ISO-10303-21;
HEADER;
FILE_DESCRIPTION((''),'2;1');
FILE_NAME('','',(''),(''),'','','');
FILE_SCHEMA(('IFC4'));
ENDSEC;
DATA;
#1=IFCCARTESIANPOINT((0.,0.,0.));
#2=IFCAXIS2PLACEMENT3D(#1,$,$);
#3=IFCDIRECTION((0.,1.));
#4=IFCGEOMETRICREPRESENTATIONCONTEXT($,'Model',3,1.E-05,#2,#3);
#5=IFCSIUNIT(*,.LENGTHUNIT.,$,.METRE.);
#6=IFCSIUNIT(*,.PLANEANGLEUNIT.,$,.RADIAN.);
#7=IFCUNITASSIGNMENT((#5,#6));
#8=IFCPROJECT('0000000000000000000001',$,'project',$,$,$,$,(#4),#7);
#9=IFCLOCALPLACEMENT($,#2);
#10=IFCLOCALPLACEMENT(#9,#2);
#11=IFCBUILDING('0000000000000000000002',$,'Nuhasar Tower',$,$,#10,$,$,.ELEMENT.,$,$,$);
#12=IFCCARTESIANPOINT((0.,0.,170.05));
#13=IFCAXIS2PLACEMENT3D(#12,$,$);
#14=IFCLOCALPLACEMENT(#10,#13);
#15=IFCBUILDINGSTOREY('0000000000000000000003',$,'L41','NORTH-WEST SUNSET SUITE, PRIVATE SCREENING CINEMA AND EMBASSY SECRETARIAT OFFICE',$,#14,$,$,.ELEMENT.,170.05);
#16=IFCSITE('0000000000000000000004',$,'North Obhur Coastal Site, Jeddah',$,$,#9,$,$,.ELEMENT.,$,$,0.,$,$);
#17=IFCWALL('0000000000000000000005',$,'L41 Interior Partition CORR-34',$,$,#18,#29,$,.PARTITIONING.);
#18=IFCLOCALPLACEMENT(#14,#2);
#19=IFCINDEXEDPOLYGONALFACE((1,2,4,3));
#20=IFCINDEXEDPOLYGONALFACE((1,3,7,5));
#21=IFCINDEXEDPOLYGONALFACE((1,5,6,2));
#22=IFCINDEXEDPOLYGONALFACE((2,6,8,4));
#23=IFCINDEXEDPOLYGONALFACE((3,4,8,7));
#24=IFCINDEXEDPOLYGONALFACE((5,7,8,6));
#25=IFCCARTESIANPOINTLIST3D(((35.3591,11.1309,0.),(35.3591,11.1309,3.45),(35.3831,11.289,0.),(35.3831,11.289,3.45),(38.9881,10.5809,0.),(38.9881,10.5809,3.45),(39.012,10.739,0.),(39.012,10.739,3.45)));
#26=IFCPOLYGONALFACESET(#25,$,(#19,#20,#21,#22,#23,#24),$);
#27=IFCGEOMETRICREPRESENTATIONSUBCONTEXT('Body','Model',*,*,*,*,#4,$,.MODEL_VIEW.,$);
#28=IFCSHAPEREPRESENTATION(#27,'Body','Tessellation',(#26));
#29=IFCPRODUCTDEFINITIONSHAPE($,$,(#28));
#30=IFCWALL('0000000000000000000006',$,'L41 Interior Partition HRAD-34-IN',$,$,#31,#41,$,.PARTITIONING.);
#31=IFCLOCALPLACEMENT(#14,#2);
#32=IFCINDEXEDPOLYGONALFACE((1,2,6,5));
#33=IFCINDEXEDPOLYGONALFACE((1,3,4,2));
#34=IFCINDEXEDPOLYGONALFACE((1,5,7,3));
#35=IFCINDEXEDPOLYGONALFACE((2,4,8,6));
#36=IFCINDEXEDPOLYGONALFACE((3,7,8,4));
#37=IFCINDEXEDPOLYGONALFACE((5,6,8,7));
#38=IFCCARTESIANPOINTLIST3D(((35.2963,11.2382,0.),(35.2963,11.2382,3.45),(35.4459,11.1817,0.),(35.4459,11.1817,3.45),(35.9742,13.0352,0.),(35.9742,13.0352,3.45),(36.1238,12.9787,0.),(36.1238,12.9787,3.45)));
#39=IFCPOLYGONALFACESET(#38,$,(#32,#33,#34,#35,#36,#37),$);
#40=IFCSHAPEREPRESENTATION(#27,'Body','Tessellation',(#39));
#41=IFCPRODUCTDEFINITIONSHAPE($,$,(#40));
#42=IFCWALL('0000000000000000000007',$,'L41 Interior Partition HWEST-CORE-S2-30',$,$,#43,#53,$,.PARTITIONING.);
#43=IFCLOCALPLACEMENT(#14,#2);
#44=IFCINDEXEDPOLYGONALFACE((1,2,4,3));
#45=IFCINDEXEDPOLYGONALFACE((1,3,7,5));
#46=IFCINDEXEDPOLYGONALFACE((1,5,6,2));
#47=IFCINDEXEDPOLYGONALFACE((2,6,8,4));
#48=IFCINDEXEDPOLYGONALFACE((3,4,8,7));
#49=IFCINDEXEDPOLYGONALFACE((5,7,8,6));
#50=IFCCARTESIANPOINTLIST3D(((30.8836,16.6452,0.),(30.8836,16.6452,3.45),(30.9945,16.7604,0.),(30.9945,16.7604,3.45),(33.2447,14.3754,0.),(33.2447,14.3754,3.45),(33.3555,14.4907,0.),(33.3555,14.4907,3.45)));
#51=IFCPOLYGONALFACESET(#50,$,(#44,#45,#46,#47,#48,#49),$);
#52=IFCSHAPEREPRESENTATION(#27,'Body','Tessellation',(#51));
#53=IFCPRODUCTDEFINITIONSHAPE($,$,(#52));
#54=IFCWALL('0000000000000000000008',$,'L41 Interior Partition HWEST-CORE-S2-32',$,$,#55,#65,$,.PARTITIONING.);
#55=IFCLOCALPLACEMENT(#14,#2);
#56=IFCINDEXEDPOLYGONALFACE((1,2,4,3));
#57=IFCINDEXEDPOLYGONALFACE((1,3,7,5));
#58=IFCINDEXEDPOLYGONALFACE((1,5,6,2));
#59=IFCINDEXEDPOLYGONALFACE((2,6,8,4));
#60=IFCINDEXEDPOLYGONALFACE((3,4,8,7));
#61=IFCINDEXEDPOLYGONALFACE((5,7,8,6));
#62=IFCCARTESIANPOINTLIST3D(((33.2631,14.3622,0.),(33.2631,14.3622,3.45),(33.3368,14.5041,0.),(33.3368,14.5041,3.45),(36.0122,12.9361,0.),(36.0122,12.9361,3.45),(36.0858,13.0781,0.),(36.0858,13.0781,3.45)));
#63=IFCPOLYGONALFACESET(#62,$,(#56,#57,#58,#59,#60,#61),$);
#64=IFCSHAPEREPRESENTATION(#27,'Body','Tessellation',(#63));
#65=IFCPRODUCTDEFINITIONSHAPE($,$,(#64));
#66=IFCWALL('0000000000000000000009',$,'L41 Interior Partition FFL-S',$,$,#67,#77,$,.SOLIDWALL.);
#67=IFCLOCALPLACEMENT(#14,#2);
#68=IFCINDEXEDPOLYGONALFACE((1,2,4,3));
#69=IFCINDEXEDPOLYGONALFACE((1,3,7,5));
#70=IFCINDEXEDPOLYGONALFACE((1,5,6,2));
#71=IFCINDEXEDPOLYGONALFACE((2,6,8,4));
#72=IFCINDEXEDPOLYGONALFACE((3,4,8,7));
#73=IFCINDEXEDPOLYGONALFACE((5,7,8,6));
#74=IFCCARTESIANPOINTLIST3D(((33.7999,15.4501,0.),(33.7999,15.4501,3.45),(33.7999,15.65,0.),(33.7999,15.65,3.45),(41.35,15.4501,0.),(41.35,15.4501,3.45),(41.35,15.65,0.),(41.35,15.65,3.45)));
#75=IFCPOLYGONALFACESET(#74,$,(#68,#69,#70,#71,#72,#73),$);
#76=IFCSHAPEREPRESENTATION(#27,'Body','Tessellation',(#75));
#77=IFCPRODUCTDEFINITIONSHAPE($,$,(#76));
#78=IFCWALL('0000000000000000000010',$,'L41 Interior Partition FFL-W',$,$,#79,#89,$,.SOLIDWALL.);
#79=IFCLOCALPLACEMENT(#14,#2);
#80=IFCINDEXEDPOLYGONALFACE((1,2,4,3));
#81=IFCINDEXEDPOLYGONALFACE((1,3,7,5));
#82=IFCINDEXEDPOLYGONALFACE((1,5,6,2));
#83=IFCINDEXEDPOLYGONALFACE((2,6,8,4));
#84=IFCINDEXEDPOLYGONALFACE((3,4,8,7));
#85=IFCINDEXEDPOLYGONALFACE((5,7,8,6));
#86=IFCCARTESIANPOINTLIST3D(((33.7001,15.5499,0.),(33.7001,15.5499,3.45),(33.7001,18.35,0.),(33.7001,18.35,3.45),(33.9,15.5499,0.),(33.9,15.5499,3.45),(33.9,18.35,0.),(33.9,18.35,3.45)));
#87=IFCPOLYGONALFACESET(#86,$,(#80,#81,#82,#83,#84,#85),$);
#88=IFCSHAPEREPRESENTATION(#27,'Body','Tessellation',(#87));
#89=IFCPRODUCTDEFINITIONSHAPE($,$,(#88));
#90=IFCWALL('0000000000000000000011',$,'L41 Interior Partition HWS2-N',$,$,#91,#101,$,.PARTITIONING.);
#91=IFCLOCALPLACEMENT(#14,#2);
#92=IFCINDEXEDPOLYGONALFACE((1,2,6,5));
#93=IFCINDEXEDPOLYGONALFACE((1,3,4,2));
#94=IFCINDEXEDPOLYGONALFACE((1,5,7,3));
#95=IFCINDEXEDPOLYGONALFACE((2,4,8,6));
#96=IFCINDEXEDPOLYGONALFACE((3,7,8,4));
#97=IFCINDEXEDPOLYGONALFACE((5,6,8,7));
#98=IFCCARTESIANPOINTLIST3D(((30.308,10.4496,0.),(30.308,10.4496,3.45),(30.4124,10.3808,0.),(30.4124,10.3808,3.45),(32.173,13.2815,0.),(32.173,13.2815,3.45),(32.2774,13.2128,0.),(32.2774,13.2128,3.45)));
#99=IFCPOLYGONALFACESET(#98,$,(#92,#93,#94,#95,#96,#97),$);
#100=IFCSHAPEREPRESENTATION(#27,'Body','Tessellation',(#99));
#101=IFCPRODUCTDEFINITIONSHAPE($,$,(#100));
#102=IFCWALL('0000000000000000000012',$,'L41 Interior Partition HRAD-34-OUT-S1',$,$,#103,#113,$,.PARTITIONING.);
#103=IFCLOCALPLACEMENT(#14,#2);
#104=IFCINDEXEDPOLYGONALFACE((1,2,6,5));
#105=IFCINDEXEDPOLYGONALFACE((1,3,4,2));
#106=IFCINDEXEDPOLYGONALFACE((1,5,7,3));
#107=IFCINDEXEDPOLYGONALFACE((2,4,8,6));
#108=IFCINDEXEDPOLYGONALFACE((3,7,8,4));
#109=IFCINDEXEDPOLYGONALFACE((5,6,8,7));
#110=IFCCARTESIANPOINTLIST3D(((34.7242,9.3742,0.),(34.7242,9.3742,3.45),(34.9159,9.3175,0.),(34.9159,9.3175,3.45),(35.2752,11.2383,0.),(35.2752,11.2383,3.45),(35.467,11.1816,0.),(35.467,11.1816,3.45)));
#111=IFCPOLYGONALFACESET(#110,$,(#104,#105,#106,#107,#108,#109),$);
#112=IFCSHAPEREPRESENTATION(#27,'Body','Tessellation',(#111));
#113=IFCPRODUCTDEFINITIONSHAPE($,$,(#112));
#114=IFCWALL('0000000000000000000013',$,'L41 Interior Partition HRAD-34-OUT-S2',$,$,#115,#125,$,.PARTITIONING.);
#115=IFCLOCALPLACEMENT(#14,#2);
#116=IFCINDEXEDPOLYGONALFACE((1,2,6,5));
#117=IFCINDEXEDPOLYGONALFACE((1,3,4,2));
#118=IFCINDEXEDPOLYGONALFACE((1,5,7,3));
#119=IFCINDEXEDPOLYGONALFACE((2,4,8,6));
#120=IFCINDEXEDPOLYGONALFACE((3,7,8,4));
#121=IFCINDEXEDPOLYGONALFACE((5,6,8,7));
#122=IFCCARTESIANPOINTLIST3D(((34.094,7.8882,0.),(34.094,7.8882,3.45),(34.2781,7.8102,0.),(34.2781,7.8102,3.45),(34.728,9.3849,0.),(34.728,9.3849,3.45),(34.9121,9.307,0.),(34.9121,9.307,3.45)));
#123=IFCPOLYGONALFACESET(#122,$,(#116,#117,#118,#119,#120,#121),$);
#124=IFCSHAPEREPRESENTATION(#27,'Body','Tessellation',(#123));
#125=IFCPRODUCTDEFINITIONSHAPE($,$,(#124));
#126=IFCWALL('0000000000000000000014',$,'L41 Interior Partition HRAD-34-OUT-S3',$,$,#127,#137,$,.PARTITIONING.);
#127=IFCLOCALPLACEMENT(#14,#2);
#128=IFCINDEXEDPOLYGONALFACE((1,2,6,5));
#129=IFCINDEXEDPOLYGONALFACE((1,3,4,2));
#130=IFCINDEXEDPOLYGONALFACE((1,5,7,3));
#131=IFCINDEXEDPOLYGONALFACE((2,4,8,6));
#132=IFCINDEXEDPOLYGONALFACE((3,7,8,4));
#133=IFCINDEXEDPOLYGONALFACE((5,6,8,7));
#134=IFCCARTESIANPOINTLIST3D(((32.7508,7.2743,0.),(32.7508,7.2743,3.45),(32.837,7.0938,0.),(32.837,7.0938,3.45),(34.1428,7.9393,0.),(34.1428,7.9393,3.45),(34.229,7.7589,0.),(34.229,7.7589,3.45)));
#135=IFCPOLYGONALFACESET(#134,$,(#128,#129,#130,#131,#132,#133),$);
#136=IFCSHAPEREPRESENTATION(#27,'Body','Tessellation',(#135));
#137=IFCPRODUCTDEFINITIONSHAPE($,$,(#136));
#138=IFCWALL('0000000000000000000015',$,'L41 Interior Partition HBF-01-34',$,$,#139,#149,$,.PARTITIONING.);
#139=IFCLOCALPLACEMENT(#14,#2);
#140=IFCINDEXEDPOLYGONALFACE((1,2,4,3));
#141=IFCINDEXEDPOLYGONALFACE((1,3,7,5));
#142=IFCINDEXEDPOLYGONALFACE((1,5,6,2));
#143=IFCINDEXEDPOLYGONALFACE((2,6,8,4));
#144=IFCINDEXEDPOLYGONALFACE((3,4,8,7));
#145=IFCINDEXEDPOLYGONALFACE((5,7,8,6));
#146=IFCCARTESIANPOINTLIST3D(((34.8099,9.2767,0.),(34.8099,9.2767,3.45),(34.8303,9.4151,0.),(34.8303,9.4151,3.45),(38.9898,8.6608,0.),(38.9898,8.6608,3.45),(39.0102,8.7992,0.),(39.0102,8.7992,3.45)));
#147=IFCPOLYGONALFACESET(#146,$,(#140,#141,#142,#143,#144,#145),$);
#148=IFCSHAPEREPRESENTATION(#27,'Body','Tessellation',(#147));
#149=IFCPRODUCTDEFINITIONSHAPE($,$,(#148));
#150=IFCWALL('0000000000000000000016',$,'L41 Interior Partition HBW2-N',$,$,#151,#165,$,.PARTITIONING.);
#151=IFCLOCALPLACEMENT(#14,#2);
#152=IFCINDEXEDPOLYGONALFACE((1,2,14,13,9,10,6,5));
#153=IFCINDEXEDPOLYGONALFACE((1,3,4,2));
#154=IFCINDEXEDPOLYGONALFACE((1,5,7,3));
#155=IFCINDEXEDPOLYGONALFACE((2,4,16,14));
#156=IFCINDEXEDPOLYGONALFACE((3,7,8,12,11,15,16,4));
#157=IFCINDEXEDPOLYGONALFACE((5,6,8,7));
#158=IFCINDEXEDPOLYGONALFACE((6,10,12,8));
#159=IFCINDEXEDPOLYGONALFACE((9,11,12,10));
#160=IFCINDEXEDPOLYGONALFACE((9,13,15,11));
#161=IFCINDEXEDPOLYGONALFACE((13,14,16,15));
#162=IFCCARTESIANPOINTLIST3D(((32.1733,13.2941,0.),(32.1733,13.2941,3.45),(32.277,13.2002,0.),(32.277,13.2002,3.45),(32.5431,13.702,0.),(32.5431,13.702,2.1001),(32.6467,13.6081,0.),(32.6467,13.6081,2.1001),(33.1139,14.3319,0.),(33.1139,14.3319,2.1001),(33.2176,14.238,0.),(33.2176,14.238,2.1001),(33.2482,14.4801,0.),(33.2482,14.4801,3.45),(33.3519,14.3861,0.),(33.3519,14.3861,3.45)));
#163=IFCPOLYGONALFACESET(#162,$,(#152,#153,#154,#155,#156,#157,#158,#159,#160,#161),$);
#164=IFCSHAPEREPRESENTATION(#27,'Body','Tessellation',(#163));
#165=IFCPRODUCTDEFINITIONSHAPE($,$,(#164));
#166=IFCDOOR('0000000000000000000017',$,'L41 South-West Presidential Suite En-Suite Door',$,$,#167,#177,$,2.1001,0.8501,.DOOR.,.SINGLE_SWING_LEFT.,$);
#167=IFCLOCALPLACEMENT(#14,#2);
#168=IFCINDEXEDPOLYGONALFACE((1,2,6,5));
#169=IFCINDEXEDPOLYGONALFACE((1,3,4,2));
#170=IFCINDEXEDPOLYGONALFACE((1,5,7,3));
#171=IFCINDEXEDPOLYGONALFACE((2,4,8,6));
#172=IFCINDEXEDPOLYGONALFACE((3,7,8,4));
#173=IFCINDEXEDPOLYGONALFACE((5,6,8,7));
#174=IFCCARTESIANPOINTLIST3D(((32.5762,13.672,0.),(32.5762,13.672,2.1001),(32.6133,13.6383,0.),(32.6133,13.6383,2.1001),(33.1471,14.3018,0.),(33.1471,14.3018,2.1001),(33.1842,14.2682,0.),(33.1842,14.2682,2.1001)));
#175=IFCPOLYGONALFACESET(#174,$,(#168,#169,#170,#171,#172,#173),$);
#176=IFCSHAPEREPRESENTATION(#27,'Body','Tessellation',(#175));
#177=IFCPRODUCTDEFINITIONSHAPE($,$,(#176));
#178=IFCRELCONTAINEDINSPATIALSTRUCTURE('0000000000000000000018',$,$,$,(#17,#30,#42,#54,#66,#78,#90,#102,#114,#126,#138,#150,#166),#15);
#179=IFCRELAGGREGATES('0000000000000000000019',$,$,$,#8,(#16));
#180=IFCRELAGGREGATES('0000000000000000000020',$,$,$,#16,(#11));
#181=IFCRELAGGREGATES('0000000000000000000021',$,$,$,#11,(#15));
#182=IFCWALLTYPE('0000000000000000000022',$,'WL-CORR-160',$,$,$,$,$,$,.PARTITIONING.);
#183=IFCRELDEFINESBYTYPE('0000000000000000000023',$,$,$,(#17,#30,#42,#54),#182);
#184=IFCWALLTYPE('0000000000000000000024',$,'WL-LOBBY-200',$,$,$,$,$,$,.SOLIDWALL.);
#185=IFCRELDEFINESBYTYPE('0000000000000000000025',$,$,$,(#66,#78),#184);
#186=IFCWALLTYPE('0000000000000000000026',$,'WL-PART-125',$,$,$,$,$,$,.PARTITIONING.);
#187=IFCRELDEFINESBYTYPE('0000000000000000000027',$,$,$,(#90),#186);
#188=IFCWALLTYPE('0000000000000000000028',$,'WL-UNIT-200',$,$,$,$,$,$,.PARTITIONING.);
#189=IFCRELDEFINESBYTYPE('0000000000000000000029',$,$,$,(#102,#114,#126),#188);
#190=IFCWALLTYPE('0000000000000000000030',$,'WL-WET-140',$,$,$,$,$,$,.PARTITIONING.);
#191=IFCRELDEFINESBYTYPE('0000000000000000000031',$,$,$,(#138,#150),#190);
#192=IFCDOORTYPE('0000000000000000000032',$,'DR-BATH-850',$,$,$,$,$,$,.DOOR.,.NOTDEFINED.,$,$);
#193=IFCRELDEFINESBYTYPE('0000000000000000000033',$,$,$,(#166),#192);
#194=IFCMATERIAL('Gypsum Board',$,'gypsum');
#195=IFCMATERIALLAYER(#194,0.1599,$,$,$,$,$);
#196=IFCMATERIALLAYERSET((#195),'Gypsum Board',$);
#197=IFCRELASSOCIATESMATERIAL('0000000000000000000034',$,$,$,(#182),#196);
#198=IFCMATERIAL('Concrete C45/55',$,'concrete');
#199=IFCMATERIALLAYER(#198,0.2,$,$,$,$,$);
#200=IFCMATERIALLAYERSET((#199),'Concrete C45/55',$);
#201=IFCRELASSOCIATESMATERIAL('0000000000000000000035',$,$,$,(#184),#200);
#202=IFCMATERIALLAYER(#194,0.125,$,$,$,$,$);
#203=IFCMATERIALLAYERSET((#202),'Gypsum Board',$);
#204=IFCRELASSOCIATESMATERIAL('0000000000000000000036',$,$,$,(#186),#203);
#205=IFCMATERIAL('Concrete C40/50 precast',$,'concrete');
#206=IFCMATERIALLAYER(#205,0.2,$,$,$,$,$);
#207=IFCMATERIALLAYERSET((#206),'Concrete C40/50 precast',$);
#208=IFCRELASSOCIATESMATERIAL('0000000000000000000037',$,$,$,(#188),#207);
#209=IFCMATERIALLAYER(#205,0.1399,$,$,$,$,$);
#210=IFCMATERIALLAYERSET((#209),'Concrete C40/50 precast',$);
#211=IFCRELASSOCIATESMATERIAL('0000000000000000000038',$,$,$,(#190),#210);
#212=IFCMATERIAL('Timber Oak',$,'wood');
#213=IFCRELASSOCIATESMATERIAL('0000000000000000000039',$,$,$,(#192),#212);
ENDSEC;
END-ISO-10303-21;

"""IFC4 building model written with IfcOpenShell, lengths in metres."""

from ifc_helpers import new_model, si_unit, direction, frame, frame_2d, origin, place, context, subcontext, project, spatial, rectangle, extrude, material, layer, layer_set, type_object, element, fill, save


model = new_model("IFC4")

# Units and contexts
model_context = context("Model", 3, precision=1e-05, world=origin(), true_north=direction((0.0, 1.0)))
body_context = subcontext(model_context, "Body", "Model", "MODEL_VIEW")
ifc_project = project(units=[si_unit("LENGTHUNIT", "METRE"), si_unit("PLANEANGLEUNIT", "RADIAN")], contexts=[model_context])

# Site, building, storey
site_placement = place(None, origin())
site = spatial("IfcSite", under=ifc_project, at=site_placement, Name="North Obhur Coastal Site, Jeddah", CompositionType="ELEMENT", RefElevation=0.0)
building_placement = place(site_placement, origin())
building = spatial("IfcBuilding", under=site, at=building_placement, Name="Nuhasar Tower", CompositionType="ELEMENT")
storey_placement = place(building_placement, frame((0.0, 0.0, 170.05)))
storey = spatial("IfcBuildingStorey", under=building, at=storey_placement, Name="L41", Description="NORTH-WEST SUNSET SUITE, PRIVATE SCREENING CINEMA AND EMBASSY SECRETARIAT OFFICE", CompositionType="ELEMENT", Elevation=170.05)

# Walls
ifc_material_1 = material(Name="Gypsum Board", Category="gypsum")
ifc_layer_1 = layer(ifc_material_1, 0.1599)
ifc_layer_set_1 = layer_set([ifc_layer_1], Name="Gypsum Board")
wall_type_1 = type_object("IfcWallType", Name="WL-CORR-160", PredefinedType="PARTITIONING", material=ifc_layer_set_1)
wall_1_placement = place(storey_placement, frame((35.3711, 11.21, 0.0), z_axis=(0.0, 0.0, 1.0), x_axis=(0.988707, -0.149863, 0.0)))
element("IfcWall", 1, at=wall_1_placement, inside=storey, type_object=wall_type_1, Name="L41 Interior Partition CORR-34", PredefinedType="PARTITIONING", context=body_context, shape_type="SweptSolid", body=[
    extrude(rectangle(XDim=3.6704, YDim=0.1599, at=frame_2d((1.8352, 0.0))), origin(), (0.0, 0.0, 1.0), 3.45),
])
wall_2_placement = place(storey_placement, frame((36.0491, 13.0071, 0.0), z_axis=(0.0, 0.0, 1.0), x_axis=(-0.352975, -0.935633, 0.0)))
element("IfcWall", 2, at=wall_2_placement, inside=storey, type_object=wall_type_1, Name="L41 Interior Partition HRAD-34-IN", PredefinedType="PARTITIONING", context=body_context, shape_type="SweptSolid", body=[
    extrude(rectangle(XDim=1.9207, YDim=0.1599, at=frame_2d((0.9604, 0.0))), origin(), (0.0, 0.0, 1.0), 3.45),
])
wall_3_placement = place(storey_placement, frame((30.939, 16.7029, 0.0), z_axis=(0.0, 0.0, 1.0), x_axis=(0.720909, -0.69303, 0.0)))
element("IfcWall", 3, at=wall_3_placement, inside=storey, type_object=wall_type_1, Name="L41 Interior Partition HWEST-CORE-S2-30", PredefinedType="PARTITIONING", context=body_context, shape_type="SweptSolid", body=[
    extrude(rectangle(XDim=3.2751, YDim=0.1599, at=frame_2d((1.6377, 0.0))), origin(), (0.0, 0.0, 1.0), 3.45),
])
wall_4_placement = place(storey_placement, frame((33.3, 14.4331, 0.0), z_axis=(0.0, 0.0, 1.0), x_axis=(0.887675, -0.460471, 0.0)))
element("IfcWall", 4, at=wall_4_placement, inside=storey, type_object=wall_type_1, Name="L41 Interior Partition HWEST-CORE-S2-32", PredefinedType="PARTITIONING", context=body_context, shape_type="SweptSolid", body=[
    extrude(rectangle(XDim=3.0969, YDim=0.1599, at=frame_2d((1.5483, 0.0))), origin(), (0.0, 0.0, 1.0), 3.45),
])
ifc_material_2 = material(Name="Concrete C45/55", Category="concrete")
ifc_layer_2 = layer(ifc_material_2, 0.2)
ifc_layer_set_2 = layer_set([ifc_layer_2], Name="Concrete C45/55")
wall_type_2 = type_object("IfcWallType", Name="WL-LOBBY-200", PredefinedType="SOLIDWALL", material=ifc_layer_set_2)
wall_5_placement = place(storey_placement, frame((33.8, 15.55, 0.0), z_axis=(0.0, 0.0, 1.0), x_axis=(1.0, 0.0, 0.0)))
element("IfcWall", 5, at=wall_5_placement, inside=storey, type_object=wall_type_2, Name="L41 Interior Partition FFL-S", PredefinedType="SOLIDWALL", context=body_context, shape_type="SweptSolid", body=[
    extrude(rectangle(XDim=7.55, YDim=0.2, at=frame_2d((3.7749, 0.0))), origin(), (0.0, 0.0, 1.0), 3.45),
])
wall_6_placement = place(storey_placement, frame((33.8, 15.55, 0.0), z_axis=(0.0, 0.0, 1.0), x_axis=(0.0, 1.0, 0.0)))
element("IfcWall", 6, at=wall_6_placement, inside=storey, type_object=wall_type_2, Name="L41 Interior Partition FFL-W", PredefinedType="SOLIDWALL", context=body_context, shape_type="SweptSolid", body=[
    extrude(rectangle(XDim=2.8, YDim=0.2, at=frame_2d((1.3999, 0.0))), origin(), (0.0, 0.0, 1.0), 3.45),
])
ifc_layer_3 = layer(ifc_material_1, 0.125)
ifc_layer_set_3 = layer_set([ifc_layer_3], Name="Gypsum Board")
wall_type_3 = type_object("IfcWallType", Name="WL-PART-125", PredefinedType="PARTITIONING", material=ifc_layer_set_3)
wall_7_placement = place(storey_placement, frame((32.2251, 13.2471, 0.0), z_axis=(0.0, 0.0, 1.0), x_axis=(-0.549989, -0.835172, 0.0)))
element("IfcWall", 7, at=wall_7_placement, inside=storey, type_object=wall_type_3, Name="L41 Interior Partition HWS2-N", PredefinedType="PARTITIONING", context=body_context, shape_type="SweptSolid", body=[
    extrude(rectangle(XDim=3.3909, YDim=0.125, at=frame_2d((1.6953, 0.0))), origin(), (0.0, 0.0, 1.0), 3.45),
])
ifc_material_3 = material(Name="Concrete C40/50 precast", Category="concrete")
ifc_layer_4 = layer(ifc_material_3, 0.2)
ifc_layer_set_4 = layer_set([ifc_layer_4], Name="Concrete C40/50 precast")
wall_type_4 = type_object("IfcWallType", Name="WL-UNIT-200", PredefinedType="PARTITIONING", material=ifc_layer_set_4)
wall_8_placement = place(storey_placement, frame((35.3711, 11.21, 0.0), z_axis=(0.0, 0.0, 1.0), x_axis=(-0.283485, -0.958977, 0.0)))
element("IfcWall", 8, at=wall_8_placement, inside=storey, type_object=wall_type_4, Name="L41 Interior Partition HRAD-34-OUT-S1", PredefinedType="PARTITIONING", context=body_context, shape_type="SweptSolid", body=[
    extrude(rectangle(XDim=1.9438, YDim=0.2, at=frame_2d((0.9719, 0.0))), origin(), (0.0, 0.0, 1.0), 3.45),
])
wall_9_placement = place(storey_placement, frame((34.8201, 9.3459, 0.0), z_axis=(0.0, 0.0, 1.0), x_axis=(-0.390037, -0.920799, 0.0)))
element("IfcWall", 9, at=wall_9_placement, inside=storey, type_object=wall_type_4, Name="L41 Interior Partition HRAD-34-OUT-S2", PredefinedType="PARTITIONING", context=body_context, shape_type="SweptSolid", body=[
    extrude(rectangle(XDim=1.6255, YDim=0.2, at=frame_2d((0.8127, 0.0))), origin(), (0.0, 0.0, 1.0), 3.45),
])
wall_10_placement = place(storey_placement, frame((34.186, 7.8491, 0.0), z_axis=(0.0, 0.0, 1.0), x_axis=(-0.902322, -0.431063, 0.0)))
element("IfcWall", 10, at=wall_10_placement, inside=storey, type_object=wall_type_4, Name="L41 Interior Partition HRAD-34-OUT-S3", PredefinedType="PARTITIONING", context=body_context, shape_type="SweptSolid", body=[
    extrude(rectangle(XDim=1.5427, YDim=0.2, at=frame_2d((0.7715, 0.0))), origin(), (0.0, 0.0, 1.0), 3.45),
])
ifc_layer_5 = layer(ifc_material_3, 0.1399)
ifc_layer_set_5 = layer_set([ifc_layer_5], Name="Concrete C40/50 precast")
wall_type_5 = type_object("IfcWallType", Name="WL-WET-140", PredefinedType="PARTITIONING", material=ifc_layer_set_5)
wall_11_placement = place(storey_placement, frame((34.8201, 9.3459, 0.0), z_axis=(0.0, 0.0, 1.0), x_axis=(0.989316, -0.145788, 0.0)))
element("IfcWall", 11, at=wall_11_placement, inside=storey, type_object=wall_type_5, Name="L41 Interior Partition HBF-01-34", PredefinedType="PARTITIONING", context=body_context, shape_type="SweptSolid", body=[
    extrude(rectangle(XDim=4.2251, YDim=0.1399, at=frame_2d((2.1125, 0.0))), origin(), (0.0, 0.0, 1.0), 3.45),
])

# Wall, opening, door
wall_12_placement = place(storey_placement, frame((33.3, 14.4331, 0.0), z_axis=(0.0, 0.0, 1.0), x_axis=(-0.671556, -0.740954, 0.0)))
wall_12 = element("IfcWall", 12, at=wall_12_placement, inside=storey, type_object=wall_type_5, Name="L41 Interior Partition HBW2-N", PredefinedType="PARTITIONING", context=body_context, shape_type="SweptSolid", body=[
    extrude(rectangle(XDim=1.6006, YDim=0.1399, at=frame_2d((0.8003, 0.0))), origin(), (0.0, 0.0, 1.0), 3.45),
])
opening_placement = place(wall_12_placement, frame((0.2, 0.0, 0.0)))
opening = element("IfcOpeningElement", 13, at=opening_placement, cuts=wall_12, PredefinedType="OPENING", context=body_context, shape_type="SweptSolid", body=[
    extrude(rectangle(XDim=0.8501, YDim=2.1001, at=frame_2d((0.425, 1.05))), frame((0.0, 0.0801, 0.0), z_axis=(0.0, -1.0, 0.0), x_axis=(1.0, 0.0, 0.0)), (0.0, 0.0, 1.0), 0.1599),
])
ifc_material_4 = material(Name="Timber Oak", Category="wood")
door_type = type_object("IfcDoorType", Name="DR-BATH-850", OperationType="NOTDEFINED", PredefinedType="DOOR", material=ifc_material_4)
door_placement = place(opening_placement, origin())
door = element("IfcDoor", 14, at=door_placement, inside=storey, type_object=door_type, Name="L41 South-West Presidential Suite En-Suite Door", OperationType="SINGLE_SWING_LEFT", OverallHeight=2.1001, OverallWidth=0.8501, PredefinedType="DOOR", context=body_context, shape_type="SweptSolid", body=[
    extrude(rectangle(XDim=0.8501, YDim=2.1001, at=frame_2d((0.425, 1.05))), frame((0.0, 0.0249, 0.0), z_axis=(0.0, -1.0, 0.0), x_axis=(1.0, 0.0, 0.0)), (0.0, 0.0, 1.0), 0.05),
])
fill(opening, door)

save(model, "model.ifc")
